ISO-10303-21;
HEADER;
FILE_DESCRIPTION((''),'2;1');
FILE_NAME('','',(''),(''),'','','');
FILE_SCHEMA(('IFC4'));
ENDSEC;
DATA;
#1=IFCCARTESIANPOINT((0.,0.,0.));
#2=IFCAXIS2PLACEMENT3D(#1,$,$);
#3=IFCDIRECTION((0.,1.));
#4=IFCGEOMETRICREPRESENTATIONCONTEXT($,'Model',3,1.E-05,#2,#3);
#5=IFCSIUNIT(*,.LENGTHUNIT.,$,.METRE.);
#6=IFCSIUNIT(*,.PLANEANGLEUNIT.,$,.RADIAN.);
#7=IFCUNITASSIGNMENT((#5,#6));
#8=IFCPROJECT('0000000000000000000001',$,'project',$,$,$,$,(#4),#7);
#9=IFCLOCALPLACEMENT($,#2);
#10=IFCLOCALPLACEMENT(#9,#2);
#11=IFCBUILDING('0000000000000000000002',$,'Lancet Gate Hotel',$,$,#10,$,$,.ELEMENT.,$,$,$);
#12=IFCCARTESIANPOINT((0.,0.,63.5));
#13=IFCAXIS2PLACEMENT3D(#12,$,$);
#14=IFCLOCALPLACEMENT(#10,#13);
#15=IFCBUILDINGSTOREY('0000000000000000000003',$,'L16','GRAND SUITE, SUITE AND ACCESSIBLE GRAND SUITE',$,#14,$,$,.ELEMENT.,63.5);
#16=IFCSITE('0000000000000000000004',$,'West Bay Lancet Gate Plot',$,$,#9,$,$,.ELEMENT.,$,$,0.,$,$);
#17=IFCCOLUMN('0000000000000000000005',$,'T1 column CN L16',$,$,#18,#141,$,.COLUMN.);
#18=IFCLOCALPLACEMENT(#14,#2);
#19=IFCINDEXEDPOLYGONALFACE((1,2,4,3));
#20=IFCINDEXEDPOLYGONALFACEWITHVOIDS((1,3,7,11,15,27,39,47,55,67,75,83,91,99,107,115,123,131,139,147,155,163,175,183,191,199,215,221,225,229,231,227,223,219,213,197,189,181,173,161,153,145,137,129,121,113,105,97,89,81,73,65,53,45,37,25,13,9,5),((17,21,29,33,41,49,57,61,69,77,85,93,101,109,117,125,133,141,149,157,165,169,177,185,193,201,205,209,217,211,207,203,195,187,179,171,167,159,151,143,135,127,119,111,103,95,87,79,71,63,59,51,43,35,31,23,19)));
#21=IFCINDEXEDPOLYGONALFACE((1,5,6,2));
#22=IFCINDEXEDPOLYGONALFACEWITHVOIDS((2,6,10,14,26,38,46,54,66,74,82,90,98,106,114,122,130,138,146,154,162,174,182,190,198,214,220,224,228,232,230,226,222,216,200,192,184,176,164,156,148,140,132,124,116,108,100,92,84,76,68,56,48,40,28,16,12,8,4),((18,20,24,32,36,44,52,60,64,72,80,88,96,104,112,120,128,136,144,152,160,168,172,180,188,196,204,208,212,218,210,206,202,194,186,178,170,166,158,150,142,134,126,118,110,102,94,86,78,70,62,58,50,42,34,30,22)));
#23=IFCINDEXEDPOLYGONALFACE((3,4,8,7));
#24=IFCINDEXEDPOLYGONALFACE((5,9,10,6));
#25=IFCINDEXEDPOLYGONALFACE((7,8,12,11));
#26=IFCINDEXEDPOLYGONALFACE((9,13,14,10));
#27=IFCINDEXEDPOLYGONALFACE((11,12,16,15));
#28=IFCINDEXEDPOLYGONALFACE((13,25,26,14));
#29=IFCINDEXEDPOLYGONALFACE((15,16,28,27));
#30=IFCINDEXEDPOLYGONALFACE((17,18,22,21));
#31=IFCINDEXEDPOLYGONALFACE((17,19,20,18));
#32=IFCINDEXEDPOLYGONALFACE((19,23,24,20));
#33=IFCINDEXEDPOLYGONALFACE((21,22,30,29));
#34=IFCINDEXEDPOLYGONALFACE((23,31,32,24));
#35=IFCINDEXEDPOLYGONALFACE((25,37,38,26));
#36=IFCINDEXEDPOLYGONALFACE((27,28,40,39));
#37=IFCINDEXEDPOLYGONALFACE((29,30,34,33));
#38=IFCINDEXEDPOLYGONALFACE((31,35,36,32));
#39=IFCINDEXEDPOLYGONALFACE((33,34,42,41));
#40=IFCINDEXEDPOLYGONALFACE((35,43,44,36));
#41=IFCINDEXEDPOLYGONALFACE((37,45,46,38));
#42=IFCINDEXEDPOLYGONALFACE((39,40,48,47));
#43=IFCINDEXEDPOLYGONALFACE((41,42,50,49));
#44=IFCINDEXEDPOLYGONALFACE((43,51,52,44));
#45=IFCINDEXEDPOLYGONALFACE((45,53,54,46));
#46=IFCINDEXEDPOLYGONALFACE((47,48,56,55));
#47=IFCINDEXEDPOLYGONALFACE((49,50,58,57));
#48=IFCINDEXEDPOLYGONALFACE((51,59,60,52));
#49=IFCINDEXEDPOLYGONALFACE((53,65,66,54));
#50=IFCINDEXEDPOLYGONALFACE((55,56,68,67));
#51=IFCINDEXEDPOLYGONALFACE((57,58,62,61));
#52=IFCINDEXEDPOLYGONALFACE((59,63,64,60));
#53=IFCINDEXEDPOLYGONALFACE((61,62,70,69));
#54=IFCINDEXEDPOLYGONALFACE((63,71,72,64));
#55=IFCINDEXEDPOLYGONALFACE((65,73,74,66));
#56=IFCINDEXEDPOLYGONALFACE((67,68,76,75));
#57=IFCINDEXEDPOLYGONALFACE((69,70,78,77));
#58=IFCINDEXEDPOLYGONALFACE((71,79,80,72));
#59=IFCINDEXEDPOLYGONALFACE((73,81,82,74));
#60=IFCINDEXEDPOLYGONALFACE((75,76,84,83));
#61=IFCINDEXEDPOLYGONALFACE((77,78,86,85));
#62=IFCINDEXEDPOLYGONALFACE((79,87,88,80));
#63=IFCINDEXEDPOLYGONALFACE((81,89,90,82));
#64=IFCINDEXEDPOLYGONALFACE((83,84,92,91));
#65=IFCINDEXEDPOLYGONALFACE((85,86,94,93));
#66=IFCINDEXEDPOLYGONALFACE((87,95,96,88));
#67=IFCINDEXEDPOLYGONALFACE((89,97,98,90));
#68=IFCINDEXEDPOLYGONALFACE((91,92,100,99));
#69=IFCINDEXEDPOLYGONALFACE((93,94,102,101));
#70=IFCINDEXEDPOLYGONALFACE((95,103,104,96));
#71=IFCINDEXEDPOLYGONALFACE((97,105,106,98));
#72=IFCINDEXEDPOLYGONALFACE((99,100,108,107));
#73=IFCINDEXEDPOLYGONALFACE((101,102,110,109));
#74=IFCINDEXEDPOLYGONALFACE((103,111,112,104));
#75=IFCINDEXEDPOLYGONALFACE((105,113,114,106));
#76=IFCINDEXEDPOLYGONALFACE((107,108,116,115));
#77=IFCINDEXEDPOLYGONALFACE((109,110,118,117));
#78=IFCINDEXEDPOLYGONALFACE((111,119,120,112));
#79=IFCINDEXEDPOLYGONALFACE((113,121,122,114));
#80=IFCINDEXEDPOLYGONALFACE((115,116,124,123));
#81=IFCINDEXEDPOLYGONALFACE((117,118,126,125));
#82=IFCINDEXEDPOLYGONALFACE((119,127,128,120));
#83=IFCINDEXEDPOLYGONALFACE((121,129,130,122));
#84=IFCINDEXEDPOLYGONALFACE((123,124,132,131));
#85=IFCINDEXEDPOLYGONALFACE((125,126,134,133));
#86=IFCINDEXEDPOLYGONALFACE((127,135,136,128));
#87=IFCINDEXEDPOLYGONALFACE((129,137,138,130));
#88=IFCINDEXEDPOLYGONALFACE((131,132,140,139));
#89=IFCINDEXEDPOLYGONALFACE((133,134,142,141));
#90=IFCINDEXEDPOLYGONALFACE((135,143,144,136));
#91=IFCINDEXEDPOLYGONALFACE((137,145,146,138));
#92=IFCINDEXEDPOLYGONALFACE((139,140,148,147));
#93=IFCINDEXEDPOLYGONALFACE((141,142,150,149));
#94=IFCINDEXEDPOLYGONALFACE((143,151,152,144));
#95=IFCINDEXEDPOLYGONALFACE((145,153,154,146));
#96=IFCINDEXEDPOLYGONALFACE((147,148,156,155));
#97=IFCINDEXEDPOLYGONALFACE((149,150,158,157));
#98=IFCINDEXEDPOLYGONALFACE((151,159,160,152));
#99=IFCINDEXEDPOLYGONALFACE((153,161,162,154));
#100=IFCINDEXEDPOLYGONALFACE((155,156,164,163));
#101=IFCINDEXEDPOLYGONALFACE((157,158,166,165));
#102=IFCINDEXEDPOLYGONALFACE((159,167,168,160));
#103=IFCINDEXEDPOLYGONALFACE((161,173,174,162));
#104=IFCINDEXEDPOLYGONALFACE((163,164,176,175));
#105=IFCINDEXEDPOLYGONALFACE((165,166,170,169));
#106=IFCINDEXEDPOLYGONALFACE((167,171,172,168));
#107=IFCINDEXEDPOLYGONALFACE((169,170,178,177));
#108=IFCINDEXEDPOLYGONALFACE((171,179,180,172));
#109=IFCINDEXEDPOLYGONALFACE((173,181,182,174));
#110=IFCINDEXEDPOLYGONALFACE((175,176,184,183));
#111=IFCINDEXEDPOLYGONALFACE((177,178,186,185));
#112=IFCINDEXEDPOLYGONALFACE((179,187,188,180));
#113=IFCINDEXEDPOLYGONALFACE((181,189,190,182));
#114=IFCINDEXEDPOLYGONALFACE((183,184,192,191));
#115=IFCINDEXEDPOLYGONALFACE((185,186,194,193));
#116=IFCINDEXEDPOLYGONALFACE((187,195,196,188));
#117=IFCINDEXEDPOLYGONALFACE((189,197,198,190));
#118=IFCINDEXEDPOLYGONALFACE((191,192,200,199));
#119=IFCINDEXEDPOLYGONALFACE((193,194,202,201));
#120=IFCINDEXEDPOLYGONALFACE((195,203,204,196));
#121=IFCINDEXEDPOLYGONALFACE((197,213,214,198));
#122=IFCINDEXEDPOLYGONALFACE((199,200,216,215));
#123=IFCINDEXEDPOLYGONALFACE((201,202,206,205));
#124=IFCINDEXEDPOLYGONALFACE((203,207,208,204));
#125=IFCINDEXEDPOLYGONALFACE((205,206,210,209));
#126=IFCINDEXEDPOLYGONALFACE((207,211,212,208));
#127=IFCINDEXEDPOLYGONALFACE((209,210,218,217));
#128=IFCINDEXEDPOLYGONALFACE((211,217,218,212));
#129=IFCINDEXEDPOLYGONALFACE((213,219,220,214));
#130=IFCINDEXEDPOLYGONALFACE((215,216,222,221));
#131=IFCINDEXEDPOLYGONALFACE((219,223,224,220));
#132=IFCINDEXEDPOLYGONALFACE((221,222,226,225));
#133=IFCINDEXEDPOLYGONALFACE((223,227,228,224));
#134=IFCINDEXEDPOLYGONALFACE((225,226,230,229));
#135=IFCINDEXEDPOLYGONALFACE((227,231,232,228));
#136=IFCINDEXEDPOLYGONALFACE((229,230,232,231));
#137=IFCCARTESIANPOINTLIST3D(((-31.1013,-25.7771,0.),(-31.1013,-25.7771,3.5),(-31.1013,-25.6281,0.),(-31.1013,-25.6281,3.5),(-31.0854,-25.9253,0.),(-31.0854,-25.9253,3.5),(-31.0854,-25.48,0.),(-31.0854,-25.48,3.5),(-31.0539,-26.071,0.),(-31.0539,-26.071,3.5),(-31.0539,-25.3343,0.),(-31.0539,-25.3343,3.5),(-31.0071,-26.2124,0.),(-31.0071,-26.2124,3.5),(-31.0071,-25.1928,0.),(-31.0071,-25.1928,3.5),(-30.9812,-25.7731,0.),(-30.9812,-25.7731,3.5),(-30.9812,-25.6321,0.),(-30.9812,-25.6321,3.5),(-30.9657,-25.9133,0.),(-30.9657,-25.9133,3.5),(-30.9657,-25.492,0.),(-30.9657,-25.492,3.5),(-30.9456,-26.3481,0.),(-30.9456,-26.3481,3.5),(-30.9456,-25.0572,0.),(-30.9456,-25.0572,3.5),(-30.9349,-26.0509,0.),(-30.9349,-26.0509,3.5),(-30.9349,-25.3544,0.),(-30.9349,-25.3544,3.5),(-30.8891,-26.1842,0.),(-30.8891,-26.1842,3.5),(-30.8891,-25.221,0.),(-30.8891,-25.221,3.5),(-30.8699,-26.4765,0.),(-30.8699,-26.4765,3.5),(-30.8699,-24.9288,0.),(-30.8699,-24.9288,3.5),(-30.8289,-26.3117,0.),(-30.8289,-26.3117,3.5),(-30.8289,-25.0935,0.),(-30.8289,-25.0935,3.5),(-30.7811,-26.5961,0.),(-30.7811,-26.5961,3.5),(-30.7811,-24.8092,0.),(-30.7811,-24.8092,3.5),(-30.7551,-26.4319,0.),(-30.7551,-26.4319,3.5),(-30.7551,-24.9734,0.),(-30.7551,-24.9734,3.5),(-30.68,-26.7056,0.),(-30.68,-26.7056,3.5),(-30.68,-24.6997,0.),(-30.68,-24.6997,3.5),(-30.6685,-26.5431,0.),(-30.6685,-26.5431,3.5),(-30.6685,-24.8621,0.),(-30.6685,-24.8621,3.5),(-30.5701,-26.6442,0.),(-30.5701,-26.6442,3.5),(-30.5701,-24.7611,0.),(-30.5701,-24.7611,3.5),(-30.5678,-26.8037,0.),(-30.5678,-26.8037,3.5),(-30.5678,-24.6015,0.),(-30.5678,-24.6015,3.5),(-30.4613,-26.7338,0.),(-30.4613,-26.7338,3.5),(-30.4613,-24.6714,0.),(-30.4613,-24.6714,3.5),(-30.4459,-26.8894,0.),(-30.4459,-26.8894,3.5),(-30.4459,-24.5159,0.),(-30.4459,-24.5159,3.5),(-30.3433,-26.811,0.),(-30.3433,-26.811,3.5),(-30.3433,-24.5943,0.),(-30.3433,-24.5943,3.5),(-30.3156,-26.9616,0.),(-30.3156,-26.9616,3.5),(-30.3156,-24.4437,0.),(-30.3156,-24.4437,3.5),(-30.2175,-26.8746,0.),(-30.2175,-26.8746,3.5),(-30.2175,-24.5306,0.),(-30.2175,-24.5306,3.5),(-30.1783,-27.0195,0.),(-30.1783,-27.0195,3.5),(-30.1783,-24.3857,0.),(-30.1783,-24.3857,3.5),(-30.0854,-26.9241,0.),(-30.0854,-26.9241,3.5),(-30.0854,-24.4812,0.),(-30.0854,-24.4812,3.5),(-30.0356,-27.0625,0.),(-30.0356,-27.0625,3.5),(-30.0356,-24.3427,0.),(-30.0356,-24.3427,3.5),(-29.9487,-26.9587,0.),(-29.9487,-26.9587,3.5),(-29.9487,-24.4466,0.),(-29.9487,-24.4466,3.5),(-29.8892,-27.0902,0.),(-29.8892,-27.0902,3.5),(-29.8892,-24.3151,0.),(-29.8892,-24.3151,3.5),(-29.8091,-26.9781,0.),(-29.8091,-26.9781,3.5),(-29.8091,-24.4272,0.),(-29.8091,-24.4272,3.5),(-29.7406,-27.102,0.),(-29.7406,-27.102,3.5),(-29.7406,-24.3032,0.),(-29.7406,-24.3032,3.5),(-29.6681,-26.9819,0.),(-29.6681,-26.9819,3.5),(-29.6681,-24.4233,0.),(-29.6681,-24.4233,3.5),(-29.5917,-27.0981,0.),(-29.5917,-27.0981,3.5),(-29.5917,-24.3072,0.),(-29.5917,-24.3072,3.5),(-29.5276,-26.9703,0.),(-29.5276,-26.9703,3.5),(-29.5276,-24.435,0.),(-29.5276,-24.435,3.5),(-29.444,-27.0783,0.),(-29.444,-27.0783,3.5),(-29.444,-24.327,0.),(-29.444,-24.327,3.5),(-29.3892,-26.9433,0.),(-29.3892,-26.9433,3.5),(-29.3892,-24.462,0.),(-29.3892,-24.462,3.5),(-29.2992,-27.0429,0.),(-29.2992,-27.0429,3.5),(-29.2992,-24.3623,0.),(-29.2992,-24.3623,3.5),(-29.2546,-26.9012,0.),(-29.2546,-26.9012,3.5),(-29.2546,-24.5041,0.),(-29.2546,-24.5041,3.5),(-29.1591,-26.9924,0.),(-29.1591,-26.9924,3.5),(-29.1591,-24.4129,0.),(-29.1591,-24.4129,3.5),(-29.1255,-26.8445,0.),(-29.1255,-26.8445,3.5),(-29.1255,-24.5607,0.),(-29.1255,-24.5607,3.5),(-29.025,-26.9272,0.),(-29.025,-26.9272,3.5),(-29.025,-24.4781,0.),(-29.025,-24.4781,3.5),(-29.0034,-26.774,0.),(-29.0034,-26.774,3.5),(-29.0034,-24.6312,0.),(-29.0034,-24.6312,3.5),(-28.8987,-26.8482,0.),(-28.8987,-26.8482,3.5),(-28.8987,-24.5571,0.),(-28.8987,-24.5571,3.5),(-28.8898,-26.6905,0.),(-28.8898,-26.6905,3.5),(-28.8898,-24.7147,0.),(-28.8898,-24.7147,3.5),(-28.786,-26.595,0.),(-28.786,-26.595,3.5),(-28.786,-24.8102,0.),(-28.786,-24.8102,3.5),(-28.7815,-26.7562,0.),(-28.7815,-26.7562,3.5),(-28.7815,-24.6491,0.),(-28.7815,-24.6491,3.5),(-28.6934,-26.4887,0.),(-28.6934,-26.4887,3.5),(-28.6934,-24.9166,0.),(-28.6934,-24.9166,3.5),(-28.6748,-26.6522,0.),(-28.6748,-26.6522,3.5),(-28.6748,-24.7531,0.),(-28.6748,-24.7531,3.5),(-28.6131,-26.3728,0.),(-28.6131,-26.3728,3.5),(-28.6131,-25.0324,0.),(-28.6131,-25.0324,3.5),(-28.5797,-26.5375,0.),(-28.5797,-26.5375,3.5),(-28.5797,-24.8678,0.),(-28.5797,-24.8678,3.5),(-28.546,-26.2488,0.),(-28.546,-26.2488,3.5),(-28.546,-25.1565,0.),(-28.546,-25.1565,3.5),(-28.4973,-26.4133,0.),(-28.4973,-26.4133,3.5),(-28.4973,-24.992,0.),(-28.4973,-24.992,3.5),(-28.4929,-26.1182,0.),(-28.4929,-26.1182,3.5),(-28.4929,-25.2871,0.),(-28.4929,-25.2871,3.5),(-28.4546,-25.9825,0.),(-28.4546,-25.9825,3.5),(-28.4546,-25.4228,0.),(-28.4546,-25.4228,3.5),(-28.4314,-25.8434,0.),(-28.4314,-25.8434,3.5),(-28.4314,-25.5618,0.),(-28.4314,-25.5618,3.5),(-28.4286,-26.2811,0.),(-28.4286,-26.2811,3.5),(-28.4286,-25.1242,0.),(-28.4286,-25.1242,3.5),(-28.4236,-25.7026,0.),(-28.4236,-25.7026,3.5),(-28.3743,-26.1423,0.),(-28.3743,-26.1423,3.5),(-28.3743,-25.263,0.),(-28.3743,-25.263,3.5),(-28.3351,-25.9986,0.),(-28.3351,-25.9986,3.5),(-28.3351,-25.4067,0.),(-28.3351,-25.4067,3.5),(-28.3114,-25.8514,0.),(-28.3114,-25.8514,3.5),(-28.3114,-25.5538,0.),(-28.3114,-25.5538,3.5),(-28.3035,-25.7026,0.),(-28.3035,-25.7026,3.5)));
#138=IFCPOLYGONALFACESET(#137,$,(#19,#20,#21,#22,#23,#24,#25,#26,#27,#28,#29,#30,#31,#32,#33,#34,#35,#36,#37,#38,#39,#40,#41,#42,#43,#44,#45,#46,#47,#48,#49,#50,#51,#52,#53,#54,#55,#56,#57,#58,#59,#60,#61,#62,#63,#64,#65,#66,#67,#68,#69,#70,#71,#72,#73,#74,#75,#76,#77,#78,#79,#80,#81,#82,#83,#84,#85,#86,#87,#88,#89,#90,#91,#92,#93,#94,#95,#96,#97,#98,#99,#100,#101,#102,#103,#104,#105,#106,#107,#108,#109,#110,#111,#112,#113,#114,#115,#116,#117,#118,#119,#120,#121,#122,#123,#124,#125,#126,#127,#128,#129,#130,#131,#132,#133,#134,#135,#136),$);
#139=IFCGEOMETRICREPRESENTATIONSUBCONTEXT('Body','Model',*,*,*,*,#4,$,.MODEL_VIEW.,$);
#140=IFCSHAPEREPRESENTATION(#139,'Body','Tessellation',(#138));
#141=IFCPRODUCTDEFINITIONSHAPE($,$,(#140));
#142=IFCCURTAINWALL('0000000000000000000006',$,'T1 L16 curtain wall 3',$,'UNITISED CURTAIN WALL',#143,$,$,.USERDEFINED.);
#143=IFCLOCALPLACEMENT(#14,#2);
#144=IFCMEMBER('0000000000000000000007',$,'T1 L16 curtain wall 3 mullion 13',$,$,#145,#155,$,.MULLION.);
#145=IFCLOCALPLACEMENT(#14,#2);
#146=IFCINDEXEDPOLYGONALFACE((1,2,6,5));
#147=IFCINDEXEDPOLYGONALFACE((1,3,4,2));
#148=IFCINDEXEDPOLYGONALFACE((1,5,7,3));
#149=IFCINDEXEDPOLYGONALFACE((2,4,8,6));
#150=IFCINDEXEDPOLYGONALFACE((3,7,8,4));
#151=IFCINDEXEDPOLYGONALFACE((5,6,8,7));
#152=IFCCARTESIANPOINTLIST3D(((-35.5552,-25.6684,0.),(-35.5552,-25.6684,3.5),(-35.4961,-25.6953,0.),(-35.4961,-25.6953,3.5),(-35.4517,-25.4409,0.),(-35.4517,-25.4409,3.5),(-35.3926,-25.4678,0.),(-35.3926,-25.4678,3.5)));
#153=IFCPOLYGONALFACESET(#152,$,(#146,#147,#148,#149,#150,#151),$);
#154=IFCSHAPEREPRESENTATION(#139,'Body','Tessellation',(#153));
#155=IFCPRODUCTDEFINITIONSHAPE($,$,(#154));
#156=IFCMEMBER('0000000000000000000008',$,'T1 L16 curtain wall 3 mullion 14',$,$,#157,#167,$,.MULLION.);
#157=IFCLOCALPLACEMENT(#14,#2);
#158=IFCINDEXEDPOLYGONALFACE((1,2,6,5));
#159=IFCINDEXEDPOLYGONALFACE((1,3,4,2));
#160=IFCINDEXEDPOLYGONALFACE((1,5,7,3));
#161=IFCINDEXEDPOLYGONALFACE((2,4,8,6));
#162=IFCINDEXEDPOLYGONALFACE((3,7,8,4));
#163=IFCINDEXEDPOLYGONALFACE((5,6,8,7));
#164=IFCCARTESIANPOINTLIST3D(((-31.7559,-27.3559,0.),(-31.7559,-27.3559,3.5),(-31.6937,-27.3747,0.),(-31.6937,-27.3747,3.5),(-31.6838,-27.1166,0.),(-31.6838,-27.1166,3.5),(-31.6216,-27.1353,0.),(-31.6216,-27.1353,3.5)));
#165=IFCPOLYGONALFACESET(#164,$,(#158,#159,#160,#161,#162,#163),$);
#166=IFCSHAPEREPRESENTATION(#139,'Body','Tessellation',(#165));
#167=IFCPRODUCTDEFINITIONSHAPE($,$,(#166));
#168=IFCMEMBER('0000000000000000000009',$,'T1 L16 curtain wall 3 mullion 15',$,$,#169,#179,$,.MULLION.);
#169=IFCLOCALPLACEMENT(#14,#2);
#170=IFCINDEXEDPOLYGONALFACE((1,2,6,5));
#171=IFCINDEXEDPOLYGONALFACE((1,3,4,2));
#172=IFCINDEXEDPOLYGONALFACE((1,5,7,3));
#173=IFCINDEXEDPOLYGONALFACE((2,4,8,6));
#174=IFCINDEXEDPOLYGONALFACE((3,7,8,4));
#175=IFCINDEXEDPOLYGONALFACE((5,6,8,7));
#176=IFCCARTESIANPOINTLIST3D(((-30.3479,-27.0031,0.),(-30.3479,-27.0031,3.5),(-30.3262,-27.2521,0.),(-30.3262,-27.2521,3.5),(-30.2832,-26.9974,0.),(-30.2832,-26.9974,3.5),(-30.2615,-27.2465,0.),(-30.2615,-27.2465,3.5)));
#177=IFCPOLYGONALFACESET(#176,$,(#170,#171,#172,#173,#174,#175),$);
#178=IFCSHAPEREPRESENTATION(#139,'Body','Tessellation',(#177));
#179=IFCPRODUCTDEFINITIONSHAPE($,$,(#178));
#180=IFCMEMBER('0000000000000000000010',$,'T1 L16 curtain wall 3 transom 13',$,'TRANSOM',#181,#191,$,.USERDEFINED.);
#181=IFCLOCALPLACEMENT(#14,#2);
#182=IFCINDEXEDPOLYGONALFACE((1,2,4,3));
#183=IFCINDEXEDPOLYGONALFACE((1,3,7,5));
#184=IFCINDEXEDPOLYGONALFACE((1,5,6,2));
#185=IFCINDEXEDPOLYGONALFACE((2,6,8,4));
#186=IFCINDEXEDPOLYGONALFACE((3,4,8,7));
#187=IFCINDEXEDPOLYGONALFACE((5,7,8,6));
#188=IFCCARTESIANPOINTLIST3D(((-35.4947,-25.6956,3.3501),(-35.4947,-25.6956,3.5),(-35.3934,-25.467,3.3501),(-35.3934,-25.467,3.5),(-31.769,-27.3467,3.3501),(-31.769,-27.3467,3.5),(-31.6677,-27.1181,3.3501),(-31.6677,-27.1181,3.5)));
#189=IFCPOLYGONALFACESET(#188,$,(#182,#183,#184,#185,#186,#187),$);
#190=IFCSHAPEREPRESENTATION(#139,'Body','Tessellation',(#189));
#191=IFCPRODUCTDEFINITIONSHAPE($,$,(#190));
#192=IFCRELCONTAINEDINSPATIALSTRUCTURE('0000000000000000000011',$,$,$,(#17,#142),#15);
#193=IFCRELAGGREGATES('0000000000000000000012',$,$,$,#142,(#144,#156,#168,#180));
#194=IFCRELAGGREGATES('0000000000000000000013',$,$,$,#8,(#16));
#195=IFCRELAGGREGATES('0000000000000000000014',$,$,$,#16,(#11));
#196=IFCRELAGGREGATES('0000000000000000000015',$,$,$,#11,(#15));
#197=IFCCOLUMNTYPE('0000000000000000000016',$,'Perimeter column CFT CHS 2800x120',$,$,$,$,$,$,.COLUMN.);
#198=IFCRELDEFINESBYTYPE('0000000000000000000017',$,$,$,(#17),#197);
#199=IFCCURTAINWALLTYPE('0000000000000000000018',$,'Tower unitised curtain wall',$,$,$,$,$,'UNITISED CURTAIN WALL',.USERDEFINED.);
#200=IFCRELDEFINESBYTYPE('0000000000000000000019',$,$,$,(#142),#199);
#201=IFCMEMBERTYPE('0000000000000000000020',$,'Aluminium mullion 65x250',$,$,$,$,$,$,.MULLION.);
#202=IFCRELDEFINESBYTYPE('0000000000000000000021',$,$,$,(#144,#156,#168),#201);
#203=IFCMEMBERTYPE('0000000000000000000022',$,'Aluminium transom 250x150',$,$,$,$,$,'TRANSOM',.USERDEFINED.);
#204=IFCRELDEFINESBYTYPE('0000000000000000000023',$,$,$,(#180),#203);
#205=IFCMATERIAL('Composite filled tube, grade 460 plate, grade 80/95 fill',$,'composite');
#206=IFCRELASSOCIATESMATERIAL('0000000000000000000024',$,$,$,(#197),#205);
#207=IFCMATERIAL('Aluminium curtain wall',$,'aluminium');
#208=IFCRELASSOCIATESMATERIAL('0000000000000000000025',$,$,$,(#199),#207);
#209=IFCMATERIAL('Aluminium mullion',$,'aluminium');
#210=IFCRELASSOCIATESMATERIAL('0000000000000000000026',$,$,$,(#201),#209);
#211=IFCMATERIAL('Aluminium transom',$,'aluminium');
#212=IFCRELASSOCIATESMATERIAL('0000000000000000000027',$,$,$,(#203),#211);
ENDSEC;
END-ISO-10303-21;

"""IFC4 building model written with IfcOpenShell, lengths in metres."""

from ifc_helpers import new_model, si_unit, direction, frame, origin, origin_2d, place, context, subcontext, project, spatial, rectangle, hollow_circle, extrude, material, material_profile, profile_set, type_object, element, aggregate, save


model = new_model("IFC4")

# Units and contexts
model_context = context("Model", 3, precision=1e-05, world=origin(), true_north=direction((0.0, 1.0)))
body_context = subcontext(model_context, "Body", "Model", "MODEL_VIEW")
ifc_project = project(units=[si_unit("LENGTHUNIT", "METRE"), si_unit("PLANEANGLEUNIT", "RADIAN")], contexts=[model_context])

# Site, building, storey
site_placement = place(None, origin())
site = spatial("IfcSite", under=ifc_project, at=site_placement, Name="West Bay Lancet Gate Plot", CompositionType="ELEMENT", RefElevation=0.0)
building_placement = place(site_placement, origin())
building = spatial("IfcBuilding", under=site, at=building_placement, Name="Lancet Gate Hotel", CompositionType="ELEMENT")
storey_placement = place(building_placement, frame((0.0, 0.0, 63.5)))
storey = spatial("IfcBuildingStorey", under=building, at=storey_placement, Name="L16", Description="GRAND SUITE, SUITE AND ACCESSIBLE GRAND SUITE", CompositionType="ELEMENT", Elevation=63.5)

# Column
ifc_material_1 = material(Name="Composite filled tube, grade 460 plate, grade 80/95 fill", Category="composite")
ifc_material_profile_1 = material_profile(ifc_material_1, hollow_circle(Radius=1.3999, WallThickness=0.1201, at=origin_2d()), Name="CHS 2800x120")
ifc_profile_set_1 = profile_set([ifc_material_profile_1], Name="Composite filled tube, grade 460 plate, grade 80/95 fill")
column_type = type_object("IfcColumnType", Name="Perimeter column CFT CHS 2800x120", PredefinedType="COLUMN", material=ifc_profile_set_1)
column_placement = place(storey_placement, frame((-29.7034, -25.7026, 0.0), z_axis=(0.0, 0.0, 1.0), x_axis=(1.0, 0.0, 0.0)))
element("IfcColumn", 1, at=column_placement, inside=storey, type_object=column_type, Name="T1 column CN L16", PredefinedType="COLUMN", context=body_context, shape_type="SweptSolid", body=[
    extrude(hollow_circle(Radius=1.3999, WallThickness=0.1201, at=origin_2d()), origin(), (0.0, 0.0, 1.0), 3.5),
])

# Curtain wall, members
ifc_material_2 = material(Name="Aluminium curtain wall", Category="aluminium")
curtain_wall_type = type_object("IfcCurtainWallType", Name="Tower unitised curtain wall", ElementType="UNITISED CURTAIN WALL", PredefinedType="USERDEFINED", material=ifc_material_2)
curtain_wall_placement = place(storey_placement, origin())
curtain_wall = element("IfcCurtainWall", 2, at=curtain_wall_placement, inside=storey, type_object=curtain_wall_type, Name="T1 L16 curtain wall 3", ObjectType="UNITISED CURTAIN WALL", PredefinedType="USERDEFINED")
ifc_material_3 = material(Name="Aluminium mullion", Category="aluminium")
ifc_material_profile_2 = material_profile(ifc_material_3, rectangle(XDim=0.0649, YDim=0.25, at=origin_2d()), Name="MULLION 65x250")
ifc_profile_set_2 = profile_set([ifc_material_profile_2], Name="Aluminium mullion")
member_type_1 = type_object("IfcMemberType", Name="Aluminium mullion 65x250", PredefinedType="MULLION", material=ifc_profile_set_2)
member_1_placement = place(storey_placement, frame((-35.4739, -25.5681, 0.0), z_axis=(0.0, 0.0, 1.0), x_axis=(0.91022, -0.414126, 0.0)))
member_1 = element("IfcMember", 3, at=member_1_placement, type_object=member_type_1, Name="T1 L16 curtain wall 3 mullion 13", PredefinedType="MULLION", context=body_context, shape_type="SweptSolid", body=[
    extrude(rectangle(XDim=0.0649, YDim=0.25, at=origin_2d()), origin(), (0.0, 0.0, 1.0), 3.5),
])
member_2_placement = place(storey_placement, frame((-31.6887, -27.2456, 0.0), z_axis=(0.0, 0.0, 1.0), x_axis=(0.957524, -0.288352, 0.0)))
member_2 = element("IfcMember", 4, at=member_2_placement, type_object=member_type_1, Name="T1 L16 curtain wall 3 mullion 14", PredefinedType="MULLION", context=body_context, shape_type="SweptSolid", body=[
    extrude(rectangle(XDim=0.0649, YDim=0.25, at=origin_2d()), origin(), (0.0, 0.0, 1.0), 3.5),
])
member_3_placement = place(storey_placement, frame((-30.3047, -27.1248, 0.0), z_axis=(0.0, 0.0, 1.0), x_axis=(0.996204, 0.087052, 0.0)))
member_3 = element("IfcMember", 5, at=member_3_placement, type_object=member_type_1, Name="T1 L16 curtain wall 3 mullion 15", PredefinedType="MULLION", context=body_context, shape_type="SweptSolid", body=[
    extrude(rectangle(XDim=0.0649, YDim=0.25, at=origin_2d()), origin(), (0.0, 0.0, 1.0), 3.5),
])
ifc_material_4 = material(Name="Aluminium transom", Category="aluminium")
ifc_material_profile_3 = material_profile(ifc_material_4, rectangle(XDim=0.25, YDim=0.1499, at=origin_2d()), Name="TRANSOM 250x150")
ifc_profile_set_3 = profile_set([ifc_material_profile_3], Name="Aluminium transom")
member_type_2 = type_object("IfcMemberType", Name="Aluminium transom 250x150", ElementType="TRANSOM", PredefinedType="USERDEFINED", material=ifc_profile_set_3)
member_4_placement = place(storey_placement, frame((-35.4441, -25.5813, 3.425), z_axis=(0.914248, -0.405154, 0.0), x_axis=(0.405154, 0.914248, 0.0)))
member_4 = element("IfcMember", 6, at=member_4_placement, type_object=member_type_2, Name="T1 L16 curtain wall 3 transom 13", ObjectType="TRANSOM", PredefinedType="USERDEFINED", context=body_context, shape_type="SweptSolid", body=[
    extrude(rectangle(XDim=0.25, YDim=0.1499, at=origin_2d()), origin(), (0.0, 0.0, 1.0), 4.0752),
])

aggregate(curtain_wall, [member_1, member_2, member_3, member_4])

save(model, "model.ifc")
